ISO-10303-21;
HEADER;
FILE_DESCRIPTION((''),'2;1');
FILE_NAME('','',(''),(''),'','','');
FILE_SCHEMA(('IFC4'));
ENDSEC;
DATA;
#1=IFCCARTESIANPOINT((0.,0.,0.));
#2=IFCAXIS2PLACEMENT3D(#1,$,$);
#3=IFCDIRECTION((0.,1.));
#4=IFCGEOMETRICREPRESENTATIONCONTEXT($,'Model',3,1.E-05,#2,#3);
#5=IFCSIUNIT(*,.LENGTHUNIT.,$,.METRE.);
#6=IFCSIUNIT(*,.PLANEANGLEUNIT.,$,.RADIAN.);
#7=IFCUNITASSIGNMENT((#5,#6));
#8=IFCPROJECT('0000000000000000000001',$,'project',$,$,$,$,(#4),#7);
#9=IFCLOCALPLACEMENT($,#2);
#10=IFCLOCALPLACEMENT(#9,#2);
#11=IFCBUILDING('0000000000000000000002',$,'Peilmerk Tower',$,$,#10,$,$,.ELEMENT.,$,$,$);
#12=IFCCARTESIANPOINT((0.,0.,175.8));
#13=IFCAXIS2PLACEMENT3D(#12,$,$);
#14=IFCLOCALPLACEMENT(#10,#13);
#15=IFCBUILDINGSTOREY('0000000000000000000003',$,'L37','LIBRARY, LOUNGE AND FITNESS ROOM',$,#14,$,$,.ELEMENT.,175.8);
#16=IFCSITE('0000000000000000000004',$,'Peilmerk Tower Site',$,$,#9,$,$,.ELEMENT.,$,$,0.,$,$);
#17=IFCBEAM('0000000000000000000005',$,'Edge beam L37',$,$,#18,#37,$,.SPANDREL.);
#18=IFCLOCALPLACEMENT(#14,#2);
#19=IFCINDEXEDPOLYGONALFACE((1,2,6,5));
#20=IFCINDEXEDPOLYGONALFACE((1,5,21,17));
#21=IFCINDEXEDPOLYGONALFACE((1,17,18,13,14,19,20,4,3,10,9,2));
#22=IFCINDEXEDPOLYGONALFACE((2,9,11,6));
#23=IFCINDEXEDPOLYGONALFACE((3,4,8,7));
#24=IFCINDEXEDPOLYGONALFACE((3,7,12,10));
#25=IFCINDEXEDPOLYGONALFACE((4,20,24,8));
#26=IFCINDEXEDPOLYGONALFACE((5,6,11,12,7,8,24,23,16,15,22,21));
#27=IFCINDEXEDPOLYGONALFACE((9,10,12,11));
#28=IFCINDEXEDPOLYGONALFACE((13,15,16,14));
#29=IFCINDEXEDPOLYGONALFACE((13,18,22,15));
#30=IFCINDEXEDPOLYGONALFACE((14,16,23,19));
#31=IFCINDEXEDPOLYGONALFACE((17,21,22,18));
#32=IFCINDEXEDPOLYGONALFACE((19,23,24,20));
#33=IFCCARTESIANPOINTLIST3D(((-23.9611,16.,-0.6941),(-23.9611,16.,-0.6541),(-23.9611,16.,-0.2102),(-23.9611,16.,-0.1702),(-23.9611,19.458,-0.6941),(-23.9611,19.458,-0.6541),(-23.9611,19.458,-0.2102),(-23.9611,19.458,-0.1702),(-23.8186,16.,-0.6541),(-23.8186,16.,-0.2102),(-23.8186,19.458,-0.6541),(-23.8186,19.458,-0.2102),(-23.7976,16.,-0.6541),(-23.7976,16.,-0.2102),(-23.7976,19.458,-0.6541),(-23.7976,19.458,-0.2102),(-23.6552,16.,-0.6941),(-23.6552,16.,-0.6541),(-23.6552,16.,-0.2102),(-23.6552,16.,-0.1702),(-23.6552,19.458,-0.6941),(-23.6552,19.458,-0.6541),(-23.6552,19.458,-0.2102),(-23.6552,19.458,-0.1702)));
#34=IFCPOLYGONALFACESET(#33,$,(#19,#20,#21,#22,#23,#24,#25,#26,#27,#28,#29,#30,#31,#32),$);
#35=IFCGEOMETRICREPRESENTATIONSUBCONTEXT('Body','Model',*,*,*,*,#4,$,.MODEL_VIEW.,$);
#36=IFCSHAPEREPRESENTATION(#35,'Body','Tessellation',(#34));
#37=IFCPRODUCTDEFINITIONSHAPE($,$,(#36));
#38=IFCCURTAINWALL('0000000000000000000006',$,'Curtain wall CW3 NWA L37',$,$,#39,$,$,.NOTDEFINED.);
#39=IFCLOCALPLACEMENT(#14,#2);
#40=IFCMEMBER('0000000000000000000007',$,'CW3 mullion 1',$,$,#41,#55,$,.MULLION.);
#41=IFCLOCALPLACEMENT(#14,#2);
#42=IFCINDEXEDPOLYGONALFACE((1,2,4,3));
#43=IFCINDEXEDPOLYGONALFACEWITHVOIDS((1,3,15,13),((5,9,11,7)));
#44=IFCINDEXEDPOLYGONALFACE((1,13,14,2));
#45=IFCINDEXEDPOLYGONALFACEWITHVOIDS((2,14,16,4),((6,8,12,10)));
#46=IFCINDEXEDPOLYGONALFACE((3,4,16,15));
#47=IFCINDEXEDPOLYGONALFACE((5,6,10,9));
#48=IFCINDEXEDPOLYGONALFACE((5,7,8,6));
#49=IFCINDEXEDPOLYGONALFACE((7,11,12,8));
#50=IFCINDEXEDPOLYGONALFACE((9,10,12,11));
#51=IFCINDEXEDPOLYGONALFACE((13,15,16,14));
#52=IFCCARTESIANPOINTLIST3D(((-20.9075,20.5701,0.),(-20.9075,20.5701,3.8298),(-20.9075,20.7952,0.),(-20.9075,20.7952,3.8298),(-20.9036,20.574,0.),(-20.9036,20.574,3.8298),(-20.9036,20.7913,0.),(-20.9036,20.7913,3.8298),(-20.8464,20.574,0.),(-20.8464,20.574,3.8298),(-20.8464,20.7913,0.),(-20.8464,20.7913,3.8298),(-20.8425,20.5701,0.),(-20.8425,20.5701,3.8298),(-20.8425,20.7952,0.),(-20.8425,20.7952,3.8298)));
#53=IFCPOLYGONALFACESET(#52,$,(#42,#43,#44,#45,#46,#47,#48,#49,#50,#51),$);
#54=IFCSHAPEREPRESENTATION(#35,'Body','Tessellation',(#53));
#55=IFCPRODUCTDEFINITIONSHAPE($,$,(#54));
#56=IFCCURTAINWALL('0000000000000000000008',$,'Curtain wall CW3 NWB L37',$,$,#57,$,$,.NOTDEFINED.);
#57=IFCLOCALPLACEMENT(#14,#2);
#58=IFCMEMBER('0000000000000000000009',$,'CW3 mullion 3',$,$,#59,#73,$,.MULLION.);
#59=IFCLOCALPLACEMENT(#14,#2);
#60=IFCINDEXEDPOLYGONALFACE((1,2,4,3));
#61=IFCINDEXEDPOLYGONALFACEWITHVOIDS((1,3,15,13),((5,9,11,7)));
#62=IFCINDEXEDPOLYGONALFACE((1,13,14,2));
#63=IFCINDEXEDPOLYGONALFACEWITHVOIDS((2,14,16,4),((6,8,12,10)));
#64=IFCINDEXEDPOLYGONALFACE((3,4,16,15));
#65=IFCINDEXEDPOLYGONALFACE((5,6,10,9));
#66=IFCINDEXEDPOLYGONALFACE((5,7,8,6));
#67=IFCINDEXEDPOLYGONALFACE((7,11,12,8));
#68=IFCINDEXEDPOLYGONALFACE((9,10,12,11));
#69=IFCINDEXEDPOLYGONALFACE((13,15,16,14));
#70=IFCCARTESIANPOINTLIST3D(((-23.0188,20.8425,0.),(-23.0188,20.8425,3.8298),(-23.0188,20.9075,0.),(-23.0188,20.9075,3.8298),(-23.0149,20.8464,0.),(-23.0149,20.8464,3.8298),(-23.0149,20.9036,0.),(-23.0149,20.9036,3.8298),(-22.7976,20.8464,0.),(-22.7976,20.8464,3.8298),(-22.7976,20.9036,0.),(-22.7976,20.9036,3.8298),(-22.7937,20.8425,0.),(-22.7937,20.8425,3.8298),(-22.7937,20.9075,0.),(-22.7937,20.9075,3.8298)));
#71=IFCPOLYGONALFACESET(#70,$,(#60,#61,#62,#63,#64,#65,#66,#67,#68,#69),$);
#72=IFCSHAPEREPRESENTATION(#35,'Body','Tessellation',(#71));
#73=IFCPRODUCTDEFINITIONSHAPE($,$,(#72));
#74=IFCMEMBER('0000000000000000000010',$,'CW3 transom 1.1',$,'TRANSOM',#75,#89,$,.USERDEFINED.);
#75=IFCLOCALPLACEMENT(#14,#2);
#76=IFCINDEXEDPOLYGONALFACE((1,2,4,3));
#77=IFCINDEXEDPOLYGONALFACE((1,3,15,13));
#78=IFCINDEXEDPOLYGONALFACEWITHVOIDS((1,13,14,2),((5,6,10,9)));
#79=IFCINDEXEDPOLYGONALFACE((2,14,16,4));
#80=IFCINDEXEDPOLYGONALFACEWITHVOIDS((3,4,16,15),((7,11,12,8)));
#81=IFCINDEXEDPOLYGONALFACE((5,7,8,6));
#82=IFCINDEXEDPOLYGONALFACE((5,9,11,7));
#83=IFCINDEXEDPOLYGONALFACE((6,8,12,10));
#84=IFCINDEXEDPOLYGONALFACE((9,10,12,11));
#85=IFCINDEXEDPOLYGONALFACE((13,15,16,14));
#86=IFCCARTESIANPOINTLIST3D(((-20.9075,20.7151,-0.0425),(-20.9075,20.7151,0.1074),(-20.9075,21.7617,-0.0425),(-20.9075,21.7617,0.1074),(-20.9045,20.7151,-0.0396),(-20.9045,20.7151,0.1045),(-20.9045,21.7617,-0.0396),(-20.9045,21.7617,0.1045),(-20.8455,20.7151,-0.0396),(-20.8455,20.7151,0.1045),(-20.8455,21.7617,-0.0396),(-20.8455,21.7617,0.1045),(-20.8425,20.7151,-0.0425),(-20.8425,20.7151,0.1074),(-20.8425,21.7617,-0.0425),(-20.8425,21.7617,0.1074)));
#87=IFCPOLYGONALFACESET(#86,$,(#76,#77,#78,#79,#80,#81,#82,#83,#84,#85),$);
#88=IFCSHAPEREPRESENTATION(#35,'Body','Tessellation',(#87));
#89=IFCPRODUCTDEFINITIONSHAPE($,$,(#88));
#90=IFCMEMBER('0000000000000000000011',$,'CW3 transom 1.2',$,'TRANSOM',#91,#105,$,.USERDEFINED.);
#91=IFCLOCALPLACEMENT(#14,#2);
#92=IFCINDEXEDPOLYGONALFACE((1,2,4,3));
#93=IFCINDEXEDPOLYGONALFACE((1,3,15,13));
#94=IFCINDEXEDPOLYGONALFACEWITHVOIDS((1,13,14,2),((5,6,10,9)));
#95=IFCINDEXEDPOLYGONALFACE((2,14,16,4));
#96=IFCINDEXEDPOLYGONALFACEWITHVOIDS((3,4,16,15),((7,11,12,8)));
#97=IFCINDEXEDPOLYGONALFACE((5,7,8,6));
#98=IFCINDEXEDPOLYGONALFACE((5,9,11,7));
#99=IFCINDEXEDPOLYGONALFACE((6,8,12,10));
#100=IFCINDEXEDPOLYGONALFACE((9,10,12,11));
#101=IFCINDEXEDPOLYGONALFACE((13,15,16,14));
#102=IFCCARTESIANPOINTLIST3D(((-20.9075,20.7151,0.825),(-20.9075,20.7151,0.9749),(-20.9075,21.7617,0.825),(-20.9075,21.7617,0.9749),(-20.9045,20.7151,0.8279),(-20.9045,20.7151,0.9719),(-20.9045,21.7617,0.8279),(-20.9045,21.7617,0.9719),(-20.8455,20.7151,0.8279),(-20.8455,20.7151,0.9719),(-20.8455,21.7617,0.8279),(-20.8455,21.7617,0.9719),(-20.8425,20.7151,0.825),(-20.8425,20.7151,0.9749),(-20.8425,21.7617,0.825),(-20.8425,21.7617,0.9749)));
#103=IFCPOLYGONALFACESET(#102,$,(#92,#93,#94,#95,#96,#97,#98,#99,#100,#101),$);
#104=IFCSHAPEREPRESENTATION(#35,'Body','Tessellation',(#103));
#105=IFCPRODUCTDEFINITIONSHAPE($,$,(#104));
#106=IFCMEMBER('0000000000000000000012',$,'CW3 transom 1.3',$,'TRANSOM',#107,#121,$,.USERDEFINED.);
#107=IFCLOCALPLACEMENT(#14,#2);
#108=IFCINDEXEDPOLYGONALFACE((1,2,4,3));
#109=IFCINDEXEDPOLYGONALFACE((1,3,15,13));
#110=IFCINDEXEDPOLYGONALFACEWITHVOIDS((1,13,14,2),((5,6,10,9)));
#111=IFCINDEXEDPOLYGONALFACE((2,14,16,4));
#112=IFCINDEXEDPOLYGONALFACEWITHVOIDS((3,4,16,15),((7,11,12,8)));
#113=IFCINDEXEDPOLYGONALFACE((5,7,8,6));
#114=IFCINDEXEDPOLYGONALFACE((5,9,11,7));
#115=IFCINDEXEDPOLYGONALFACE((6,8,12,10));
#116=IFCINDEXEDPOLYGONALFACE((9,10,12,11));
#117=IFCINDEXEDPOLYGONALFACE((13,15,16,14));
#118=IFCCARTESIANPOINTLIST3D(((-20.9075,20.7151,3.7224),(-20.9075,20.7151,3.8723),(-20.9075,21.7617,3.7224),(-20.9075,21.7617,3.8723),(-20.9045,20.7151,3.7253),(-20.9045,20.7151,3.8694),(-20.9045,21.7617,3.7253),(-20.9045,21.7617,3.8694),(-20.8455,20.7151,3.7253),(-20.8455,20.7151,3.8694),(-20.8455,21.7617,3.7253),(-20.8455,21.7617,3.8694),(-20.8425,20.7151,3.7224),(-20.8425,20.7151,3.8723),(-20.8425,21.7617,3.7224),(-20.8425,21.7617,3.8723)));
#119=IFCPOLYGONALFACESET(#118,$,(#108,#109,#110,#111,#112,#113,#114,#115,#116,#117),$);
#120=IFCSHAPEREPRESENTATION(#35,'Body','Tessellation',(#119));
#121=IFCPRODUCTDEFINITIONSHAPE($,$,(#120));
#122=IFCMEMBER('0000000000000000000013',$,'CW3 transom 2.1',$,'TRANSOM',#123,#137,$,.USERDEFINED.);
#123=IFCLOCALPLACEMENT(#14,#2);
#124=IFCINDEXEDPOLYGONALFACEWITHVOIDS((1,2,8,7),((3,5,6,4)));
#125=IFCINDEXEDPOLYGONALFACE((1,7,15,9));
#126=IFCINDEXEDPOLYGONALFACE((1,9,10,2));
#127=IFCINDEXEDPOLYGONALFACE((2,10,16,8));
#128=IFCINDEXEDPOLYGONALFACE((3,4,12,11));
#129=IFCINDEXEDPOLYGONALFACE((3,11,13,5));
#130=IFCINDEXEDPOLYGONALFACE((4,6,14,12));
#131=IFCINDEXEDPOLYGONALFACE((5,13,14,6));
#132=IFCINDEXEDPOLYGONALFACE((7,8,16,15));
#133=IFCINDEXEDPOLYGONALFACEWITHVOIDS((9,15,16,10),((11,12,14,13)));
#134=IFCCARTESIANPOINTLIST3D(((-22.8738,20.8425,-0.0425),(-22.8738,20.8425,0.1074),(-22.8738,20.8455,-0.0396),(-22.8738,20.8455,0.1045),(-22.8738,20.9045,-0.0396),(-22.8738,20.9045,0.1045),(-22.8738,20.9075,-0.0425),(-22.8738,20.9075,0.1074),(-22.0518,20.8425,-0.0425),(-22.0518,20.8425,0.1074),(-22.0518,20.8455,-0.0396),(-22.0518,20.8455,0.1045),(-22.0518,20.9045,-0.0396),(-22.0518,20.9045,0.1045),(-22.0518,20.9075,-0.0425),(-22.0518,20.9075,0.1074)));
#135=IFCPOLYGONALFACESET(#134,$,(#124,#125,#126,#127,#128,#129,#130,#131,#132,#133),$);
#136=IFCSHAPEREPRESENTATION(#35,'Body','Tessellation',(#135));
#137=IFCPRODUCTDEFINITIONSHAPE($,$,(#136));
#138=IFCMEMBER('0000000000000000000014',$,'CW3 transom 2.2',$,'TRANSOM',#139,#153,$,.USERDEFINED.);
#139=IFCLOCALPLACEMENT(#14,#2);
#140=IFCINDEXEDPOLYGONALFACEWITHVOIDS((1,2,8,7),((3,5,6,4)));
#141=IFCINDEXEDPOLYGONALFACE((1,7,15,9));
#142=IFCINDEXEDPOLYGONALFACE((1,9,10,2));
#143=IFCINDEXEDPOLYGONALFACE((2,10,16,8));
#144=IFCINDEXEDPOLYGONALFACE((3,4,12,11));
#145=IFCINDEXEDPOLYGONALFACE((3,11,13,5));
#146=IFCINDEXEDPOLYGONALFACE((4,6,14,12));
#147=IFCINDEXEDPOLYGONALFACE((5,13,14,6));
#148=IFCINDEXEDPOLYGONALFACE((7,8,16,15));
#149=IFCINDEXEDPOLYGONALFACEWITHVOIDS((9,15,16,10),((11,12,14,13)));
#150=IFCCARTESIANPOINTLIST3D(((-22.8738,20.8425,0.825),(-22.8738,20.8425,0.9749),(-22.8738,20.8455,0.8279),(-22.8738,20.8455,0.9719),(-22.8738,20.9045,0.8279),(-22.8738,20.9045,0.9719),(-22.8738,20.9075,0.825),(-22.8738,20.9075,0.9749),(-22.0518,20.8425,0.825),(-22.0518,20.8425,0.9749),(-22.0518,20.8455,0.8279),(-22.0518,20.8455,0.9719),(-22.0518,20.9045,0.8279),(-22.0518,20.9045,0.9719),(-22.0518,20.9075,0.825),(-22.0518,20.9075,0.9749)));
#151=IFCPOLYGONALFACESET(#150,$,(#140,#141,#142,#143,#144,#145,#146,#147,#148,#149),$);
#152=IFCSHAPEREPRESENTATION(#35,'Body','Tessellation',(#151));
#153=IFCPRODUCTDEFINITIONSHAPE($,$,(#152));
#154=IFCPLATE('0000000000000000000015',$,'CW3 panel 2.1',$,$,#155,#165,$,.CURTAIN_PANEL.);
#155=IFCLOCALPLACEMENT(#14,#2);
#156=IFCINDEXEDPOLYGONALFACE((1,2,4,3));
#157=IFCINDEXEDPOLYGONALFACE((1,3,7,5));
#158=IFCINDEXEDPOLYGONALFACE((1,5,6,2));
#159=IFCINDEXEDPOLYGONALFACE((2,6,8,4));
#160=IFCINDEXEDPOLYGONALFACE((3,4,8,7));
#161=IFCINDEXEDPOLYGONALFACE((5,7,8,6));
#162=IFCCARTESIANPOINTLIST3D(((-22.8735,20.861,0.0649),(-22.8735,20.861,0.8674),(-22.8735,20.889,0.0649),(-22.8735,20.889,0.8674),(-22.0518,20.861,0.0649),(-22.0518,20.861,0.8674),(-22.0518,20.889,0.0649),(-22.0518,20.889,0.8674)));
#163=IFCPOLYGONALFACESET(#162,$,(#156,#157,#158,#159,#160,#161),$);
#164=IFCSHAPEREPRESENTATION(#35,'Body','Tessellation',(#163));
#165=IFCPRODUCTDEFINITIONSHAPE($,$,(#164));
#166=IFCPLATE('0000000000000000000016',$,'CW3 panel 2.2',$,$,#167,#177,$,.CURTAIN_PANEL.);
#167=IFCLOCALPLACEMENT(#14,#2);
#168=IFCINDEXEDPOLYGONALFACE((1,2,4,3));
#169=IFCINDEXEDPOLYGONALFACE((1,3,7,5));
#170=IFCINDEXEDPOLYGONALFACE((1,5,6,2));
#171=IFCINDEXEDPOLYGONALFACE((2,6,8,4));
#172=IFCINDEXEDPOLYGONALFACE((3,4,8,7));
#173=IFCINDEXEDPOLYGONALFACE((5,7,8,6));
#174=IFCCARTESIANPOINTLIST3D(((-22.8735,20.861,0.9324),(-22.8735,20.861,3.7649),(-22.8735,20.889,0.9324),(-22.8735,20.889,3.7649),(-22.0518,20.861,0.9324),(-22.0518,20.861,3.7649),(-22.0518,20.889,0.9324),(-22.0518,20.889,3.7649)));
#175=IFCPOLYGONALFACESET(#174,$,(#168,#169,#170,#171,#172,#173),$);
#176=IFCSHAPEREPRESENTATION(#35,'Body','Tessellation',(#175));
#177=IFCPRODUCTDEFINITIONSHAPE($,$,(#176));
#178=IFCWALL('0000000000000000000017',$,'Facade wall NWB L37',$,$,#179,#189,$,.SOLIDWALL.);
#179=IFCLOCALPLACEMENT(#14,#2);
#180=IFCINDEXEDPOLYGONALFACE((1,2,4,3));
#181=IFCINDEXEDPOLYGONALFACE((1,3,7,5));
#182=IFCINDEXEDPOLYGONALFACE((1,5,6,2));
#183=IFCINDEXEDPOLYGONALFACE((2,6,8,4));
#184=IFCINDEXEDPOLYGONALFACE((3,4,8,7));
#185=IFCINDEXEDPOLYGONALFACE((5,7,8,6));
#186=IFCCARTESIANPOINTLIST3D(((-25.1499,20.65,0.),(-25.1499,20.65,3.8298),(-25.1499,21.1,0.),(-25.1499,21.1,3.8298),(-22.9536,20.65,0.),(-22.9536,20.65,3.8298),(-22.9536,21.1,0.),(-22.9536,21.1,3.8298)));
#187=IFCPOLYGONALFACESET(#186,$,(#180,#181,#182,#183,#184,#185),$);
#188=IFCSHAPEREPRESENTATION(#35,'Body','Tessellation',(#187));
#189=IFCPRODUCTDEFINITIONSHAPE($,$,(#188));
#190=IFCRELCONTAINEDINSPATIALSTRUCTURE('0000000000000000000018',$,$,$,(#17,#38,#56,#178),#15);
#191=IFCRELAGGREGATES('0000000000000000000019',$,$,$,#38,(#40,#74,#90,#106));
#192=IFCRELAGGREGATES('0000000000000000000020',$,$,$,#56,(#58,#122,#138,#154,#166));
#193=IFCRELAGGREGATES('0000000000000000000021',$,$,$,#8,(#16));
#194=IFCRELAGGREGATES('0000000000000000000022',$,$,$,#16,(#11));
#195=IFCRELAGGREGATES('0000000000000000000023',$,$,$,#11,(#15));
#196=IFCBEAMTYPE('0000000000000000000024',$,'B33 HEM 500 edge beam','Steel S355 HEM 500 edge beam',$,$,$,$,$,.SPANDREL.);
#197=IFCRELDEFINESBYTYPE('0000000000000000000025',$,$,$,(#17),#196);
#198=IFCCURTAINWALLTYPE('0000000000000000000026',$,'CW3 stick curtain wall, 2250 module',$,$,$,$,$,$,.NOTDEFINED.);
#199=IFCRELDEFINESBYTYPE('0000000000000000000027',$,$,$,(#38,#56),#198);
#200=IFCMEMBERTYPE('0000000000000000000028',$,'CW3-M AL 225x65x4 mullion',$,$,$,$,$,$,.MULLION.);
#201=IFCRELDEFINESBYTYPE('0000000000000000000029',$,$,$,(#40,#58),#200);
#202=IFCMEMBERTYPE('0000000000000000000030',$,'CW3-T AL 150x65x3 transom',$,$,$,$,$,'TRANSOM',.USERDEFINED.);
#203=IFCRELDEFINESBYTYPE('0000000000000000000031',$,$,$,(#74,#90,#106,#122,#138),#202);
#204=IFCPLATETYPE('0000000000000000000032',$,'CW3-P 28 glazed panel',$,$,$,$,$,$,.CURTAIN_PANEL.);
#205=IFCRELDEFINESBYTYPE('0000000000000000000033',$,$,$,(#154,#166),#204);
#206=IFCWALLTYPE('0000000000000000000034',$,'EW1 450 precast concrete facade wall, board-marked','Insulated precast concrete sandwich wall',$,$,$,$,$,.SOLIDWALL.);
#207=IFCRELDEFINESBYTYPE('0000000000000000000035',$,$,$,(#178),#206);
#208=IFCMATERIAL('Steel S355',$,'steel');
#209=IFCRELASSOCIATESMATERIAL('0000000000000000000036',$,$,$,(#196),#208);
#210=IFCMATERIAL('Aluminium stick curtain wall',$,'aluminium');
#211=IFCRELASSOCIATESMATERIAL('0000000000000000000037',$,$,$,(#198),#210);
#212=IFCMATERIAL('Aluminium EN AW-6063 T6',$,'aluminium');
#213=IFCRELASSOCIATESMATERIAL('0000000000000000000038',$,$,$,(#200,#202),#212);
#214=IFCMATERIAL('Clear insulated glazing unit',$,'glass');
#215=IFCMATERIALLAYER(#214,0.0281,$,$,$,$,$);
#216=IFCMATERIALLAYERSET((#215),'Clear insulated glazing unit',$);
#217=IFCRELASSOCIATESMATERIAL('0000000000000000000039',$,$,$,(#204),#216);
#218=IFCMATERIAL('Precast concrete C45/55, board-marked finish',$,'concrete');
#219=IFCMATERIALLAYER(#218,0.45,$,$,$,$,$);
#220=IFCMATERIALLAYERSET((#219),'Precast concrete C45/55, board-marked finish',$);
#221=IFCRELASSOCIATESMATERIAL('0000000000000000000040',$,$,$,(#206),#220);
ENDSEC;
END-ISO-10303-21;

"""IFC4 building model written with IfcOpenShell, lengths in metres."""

from ifc_helpers import new_model, si_unit, direction, frame, frame_2d, origin, origin_2d, place, context, subcontext, project, spatial, rectangle, hollow_rectangle, i_section, extrude, material, layer, layer_set, material_profile, profile_set, type_object, element, aggregate, save


model = new_model("IFC4")

# Units and contexts
model_context = context("Model", 3, precision=1e-05, world=origin(), true_north=direction((0.0, 1.0)))
body_context = subcontext(model_context, "Body", "Model", "MODEL_VIEW")
ifc_project = project(units=[si_unit("LENGTHUNIT", "METRE"), si_unit("PLANEANGLEUNIT", "RADIAN")], contexts=[model_context])

# Site, building, storey
site_placement = place(None, origin())
site = spatial("IfcSite", under=ifc_project, at=site_placement, Name="Peilmerk Tower Site", CompositionType="ELEMENT", RefElevation=0.0)
building_placement = place(site_placement, origin())
building = spatial("IfcBuilding", under=site, at=building_placement, Name="Peilmerk Tower", CompositionType="ELEMENT")
storey_placement = place(building_placement, frame((0.0, 0.0, 175.8)))
storey = spatial("IfcBuildingStorey", under=building, at=storey_placement, Name="L37", Description="LIBRARY, LOUNGE AND FITNESS ROOM", CompositionType="ELEMENT", Elevation=175.8)

# Beam
ifc_material_1 = material(Name="Steel S355", Category="steel")
ifc_material_profile_1 = material_profile(ifc_material_1, i_section(OverallWidth=0.3059, OverallDepth=0.5239, WebThickness=0.021, FlangeThickness=0.04, at=origin_2d()), Name="HEM 500")
ifc_profile_set_1 = profile_set([ifc_material_profile_1], Name="Steel S355")
beam_type_1 = type_object("IfcBeamType", Name="B33 HEM 500 edge beam", Description="Steel S355 HEM 500 edge beam", PredefinedType="SPANDREL", material=ifc_profile_set_1)
beam_1_placement = place(storey_placement, frame((-23.8081, 19.458, -0.4321), z_axis=(0.0, -1.0, 0.0), x_axis=(1.0, 0.0, 0.0)))
element("IfcBeam", 1, at=beam_1_placement, inside=storey, type_object=beam_type_1, Name="Edge beam L37", PredefinedType="SPANDREL", context=body_context, shape_type="SweptSolid", body=[
    extrude(i_section(OverallWidth=0.3059, OverallDepth=0.5239, WebThickness=0.021, FlangeThickness=0.04, at=origin_2d()), origin(), (0.0, 0.0, 1.0), 3.458),
])

# Curtain walls, members
ifc_material_2 = material(Name="Aluminium stick curtain wall", Category="aluminium")
curtain_wall_type = type_object("IfcCurtainWallType", Name="CW3 stick curtain wall, 2250 module", PredefinedType="NOTDEFINED", material=ifc_material_2)
curtain_wall_1_placement = place(storey_placement, origin())
curtain_wall_1 = element("IfcCurtainWall", 2, at=curtain_wall_1_placement, inside=storey, type_object=curtain_wall_type, Name="Curtain wall CW3 NWA L37", PredefinedType="NOTDEFINED")
ifc_material_3 = material(Name="Aluminium EN AW-6063 T6", Category="aluminium")
ifc_material_profile_2 = material_profile(ifc_material_3, hollow_rectangle(XDim=0.0649, YDim=0.2251, WallThickness=0.0039, at=origin_2d()), Name="AL 225x65x4")
ifc_profile_set_2 = profile_set([ifc_material_profile_2], Name="Aluminium EN AW-6063 T6")
member_type_1 = type_object("IfcMemberType", Name="CW3-M AL 225x65x4 mullion", PredefinedType="MULLION", material=ifc_profile_set_2)
member_1_placement = place(storey_placement, frame((-20.875, 20.6826, 0.0), z_axis=(0.0, 0.0, 1.0), x_axis=(-1.0, 0.0, 0.0)))
member_1 = element("IfcMember", 3, at=member_1_placement, type_object=member_type_1, Name="CW3 mullion 1", PredefinedType="MULLION", context=body_context, shape_type="SweptSolid", body=[
    extrude(hollow_rectangle(XDim=0.0649, YDim=0.2251, WallThickness=0.0039, at=origin_2d()), origin(), (0.0, 0.0, 1.0), 3.8298),
])
curtain_wall_2_placement = place(storey_placement, origin())
curtain_wall_2 = element("IfcCurtainWall", 4, at=curtain_wall_2_placement, inside=storey, type_object=curtain_wall_type, Name="Curtain wall CW3 NWB L37", PredefinedType="NOTDEFINED")
member_2_placement = place(storey_placement, frame((-22.9062, 20.875, 0.0), z_axis=(0.0, 0.0, 1.0), x_axis=(0.0, -1.0, 0.0)))
member_2 = element("IfcMember", 5, at=member_2_placement, type_object=member_type_1, Name="CW3 mullion 3", PredefinedType="MULLION", context=body_context, shape_type="SweptSolid", body=[
    extrude(hollow_rectangle(XDim=0.0649, YDim=0.2251, WallThickness=0.0039, at=origin_2d()), origin(), (0.0, 0.0, 1.0), 3.8298),
])

# Members
ifc_material_profile_3 = material_profile(ifc_material_3, hollow_rectangle(XDim=0.0649, YDim=0.1499, WallThickness=0.0029, at=origin_2d()), Name="AL 150x65x3")
ifc_profile_set_3 = profile_set([ifc_material_profile_3], Name="Aluminium EN AW-6063 T6")
member_type_2 = type_object("IfcMemberType", Name="CW3-T AL 150x65x3 transom", ElementType="TRANSOM", PredefinedType="USERDEFINED", material=ifc_profile_set_3)
member_3_placement = place(storey_placement, frame((-20.875, 20.7151, 0.0325), z_axis=(0.0, 1.0, 0.0), x_axis=(-1.0, 0.0, 0.0)))
member_3 = element("IfcMember", 6, at=member_3_placement, type_object=member_type_2, Name="CW3 transom 1.1", ObjectType="TRANSOM", PredefinedType="USERDEFINED", context=body_context, shape_type="SweptSolid", body=[
    extrude(hollow_rectangle(XDim=0.0649, YDim=0.1499, WallThickness=0.0029, at=origin_2d()), origin(), (0.0, 0.0, 1.0), 1.0466),
])
member_4_placement = place(storey_placement, frame((-20.875, 20.7151, 0.8999), z_axis=(0.0, 1.0, 0.0), x_axis=(-1.0, 0.0, 0.0)))
member_4 = element("IfcMember", 7, at=member_4_placement, type_object=member_type_2, Name="CW3 transom 1.2", ObjectType="TRANSOM", PredefinedType="USERDEFINED", context=body_context, shape_type="SweptSolid", body=[
    extrude(hollow_rectangle(XDim=0.0649, YDim=0.1499, WallThickness=0.0029, at=origin_2d()), origin(), (0.0, 0.0, 1.0), 1.0466),
])
member_5_placement = place(storey_placement, frame((-20.875, 20.7151, 3.7974), z_axis=(0.0, 1.0, 0.0), x_axis=(-1.0, 0.0, 0.0)))
member_5 = element("IfcMember", 8, at=member_5_placement, type_object=member_type_2, Name="CW3 transom 1.3", ObjectType="TRANSOM", PredefinedType="USERDEFINED", context=body_context, shape_type="SweptSolid", body=[
    extrude(hollow_rectangle(XDim=0.0649, YDim=0.1499, WallThickness=0.0029, at=origin_2d()), origin(), (0.0, 0.0, 1.0), 1.0466),
])
aggregate(curtain_wall_1, [member_1, member_3, member_4, member_5])
member_6_placement = place(storey_placement, frame((-22.0518, 20.875, 0.0325), z_axis=(-1.0, 0.0, 0.0), x_axis=(0.0, -1.0, 0.0)))
member_6 = element("IfcMember", 9, at=member_6_placement, type_object=member_type_2, Name="CW3 transom 2.1", ObjectType="TRANSOM", PredefinedType="USERDEFINED", context=body_context, shape_type="SweptSolid", body=[
    extrude(hollow_rectangle(XDim=0.0649, YDim=0.1499, WallThickness=0.0029, at=origin_2d()), origin(), (0.0, 0.0, 1.0), 0.822),
])
member_7_placement = place(storey_placement, frame((-22.0518, 20.875, 0.8999), z_axis=(-1.0, 0.0, 0.0), x_axis=(0.0, -1.0, 0.0)))
member_7 = element("IfcMember", 10, at=member_7_placement, type_object=member_type_2, Name="CW3 transom 2.2", ObjectType="TRANSOM", PredefinedType="USERDEFINED", context=body_context, shape_type="SweptSolid", body=[
    extrude(hollow_rectangle(XDim=0.0649, YDim=0.1499, WallThickness=0.0029, at=origin_2d()), origin(), (0.0, 0.0, 1.0), 0.822),
])

# Plates
ifc_material_4 = material(Name="Clear insulated glazing unit", Category="glass")
ifc_layer_1 = layer(ifc_material_4, 0.0281)
ifc_layer_set_1 = layer_set([ifc_layer_1], Name="Clear insulated glazing unit")
plate_type = type_object("IfcPlateType", Name="CW3-P 28 glazed panel", PredefinedType="CURTAIN_PANEL", material=ifc_layer_set_1)
plate_1_placement = place(storey_placement, frame((-22.4626, 20.875, 0.0649), z_axis=(0.0, 0.0, 1.0), x_axis=(-1.0, 0.0, 0.0)))
plate_1 = element("IfcPlate", 11, at=plate_1_placement, type_object=plate_type, Name="CW3 panel 2.1", PredefinedType="CURTAIN_PANEL", context=body_context, shape_type="SweptSolid", body=[
    extrude(rectangle(XDim=0.8218, YDim=0.0281, at=origin_2d()), origin(), (0.0, 0.0, 1.0), 0.8025),
])
plate_2_placement = place(storey_placement, frame((-22.4626, 20.875, 0.9324), z_axis=(0.0, 0.0, 1.0), x_axis=(-1.0, 0.0, 0.0)))
plate_2 = element("IfcPlate", 12, at=plate_2_placement, type_object=plate_type, Name="CW3 panel 2.2", PredefinedType="CURTAIN_PANEL", context=body_context, shape_type="SweptSolid", body=[
    extrude(rectangle(XDim=0.8218, YDim=0.0281, at=origin_2d()), origin(), (0.0, 0.0, 1.0), 2.8325),
])
aggregate(curtain_wall_2, [member_2, member_6, member_7, plate_1, plate_2])

# Wall
ifc_material_5 = material(Name="Precast concrete C45/55, board-marked finish", Category="concrete")
ifc_layer_2 = layer(ifc_material_5, 0.45)
ifc_layer_set_2 = layer_set([ifc_layer_2], Name="Precast concrete C45/55, board-marked finish")
wall_type_1 = type_object("IfcWallType", Name="EW1 450 precast concrete facade wall, board-marked", Description="Insulated precast concrete sandwich wall", PredefinedType="SOLIDWALL", material=ifc_layer_set_2)
wall_1_placement = place(storey_placement, frame((-22.9536, 20.875, 0.0), z_axis=(0.0, 0.0, 1.0), x_axis=(-1.0, 0.0, 0.0)))
element("IfcWall", 13, at=wall_1_placement, inside=storey, type_object=wall_type_1, Name="Facade wall NWB L37", PredefinedType="SOLIDWALL", context=body_context, shape_type="SweptSolid", body=[
    extrude(rectangle(XDim=2.1963, YDim=0.45, at=frame_2d((1.0981, 0.0))), origin(), (0.0, 0.0, 1.0), 3.8298),
])

save(model, "model.ifc")
